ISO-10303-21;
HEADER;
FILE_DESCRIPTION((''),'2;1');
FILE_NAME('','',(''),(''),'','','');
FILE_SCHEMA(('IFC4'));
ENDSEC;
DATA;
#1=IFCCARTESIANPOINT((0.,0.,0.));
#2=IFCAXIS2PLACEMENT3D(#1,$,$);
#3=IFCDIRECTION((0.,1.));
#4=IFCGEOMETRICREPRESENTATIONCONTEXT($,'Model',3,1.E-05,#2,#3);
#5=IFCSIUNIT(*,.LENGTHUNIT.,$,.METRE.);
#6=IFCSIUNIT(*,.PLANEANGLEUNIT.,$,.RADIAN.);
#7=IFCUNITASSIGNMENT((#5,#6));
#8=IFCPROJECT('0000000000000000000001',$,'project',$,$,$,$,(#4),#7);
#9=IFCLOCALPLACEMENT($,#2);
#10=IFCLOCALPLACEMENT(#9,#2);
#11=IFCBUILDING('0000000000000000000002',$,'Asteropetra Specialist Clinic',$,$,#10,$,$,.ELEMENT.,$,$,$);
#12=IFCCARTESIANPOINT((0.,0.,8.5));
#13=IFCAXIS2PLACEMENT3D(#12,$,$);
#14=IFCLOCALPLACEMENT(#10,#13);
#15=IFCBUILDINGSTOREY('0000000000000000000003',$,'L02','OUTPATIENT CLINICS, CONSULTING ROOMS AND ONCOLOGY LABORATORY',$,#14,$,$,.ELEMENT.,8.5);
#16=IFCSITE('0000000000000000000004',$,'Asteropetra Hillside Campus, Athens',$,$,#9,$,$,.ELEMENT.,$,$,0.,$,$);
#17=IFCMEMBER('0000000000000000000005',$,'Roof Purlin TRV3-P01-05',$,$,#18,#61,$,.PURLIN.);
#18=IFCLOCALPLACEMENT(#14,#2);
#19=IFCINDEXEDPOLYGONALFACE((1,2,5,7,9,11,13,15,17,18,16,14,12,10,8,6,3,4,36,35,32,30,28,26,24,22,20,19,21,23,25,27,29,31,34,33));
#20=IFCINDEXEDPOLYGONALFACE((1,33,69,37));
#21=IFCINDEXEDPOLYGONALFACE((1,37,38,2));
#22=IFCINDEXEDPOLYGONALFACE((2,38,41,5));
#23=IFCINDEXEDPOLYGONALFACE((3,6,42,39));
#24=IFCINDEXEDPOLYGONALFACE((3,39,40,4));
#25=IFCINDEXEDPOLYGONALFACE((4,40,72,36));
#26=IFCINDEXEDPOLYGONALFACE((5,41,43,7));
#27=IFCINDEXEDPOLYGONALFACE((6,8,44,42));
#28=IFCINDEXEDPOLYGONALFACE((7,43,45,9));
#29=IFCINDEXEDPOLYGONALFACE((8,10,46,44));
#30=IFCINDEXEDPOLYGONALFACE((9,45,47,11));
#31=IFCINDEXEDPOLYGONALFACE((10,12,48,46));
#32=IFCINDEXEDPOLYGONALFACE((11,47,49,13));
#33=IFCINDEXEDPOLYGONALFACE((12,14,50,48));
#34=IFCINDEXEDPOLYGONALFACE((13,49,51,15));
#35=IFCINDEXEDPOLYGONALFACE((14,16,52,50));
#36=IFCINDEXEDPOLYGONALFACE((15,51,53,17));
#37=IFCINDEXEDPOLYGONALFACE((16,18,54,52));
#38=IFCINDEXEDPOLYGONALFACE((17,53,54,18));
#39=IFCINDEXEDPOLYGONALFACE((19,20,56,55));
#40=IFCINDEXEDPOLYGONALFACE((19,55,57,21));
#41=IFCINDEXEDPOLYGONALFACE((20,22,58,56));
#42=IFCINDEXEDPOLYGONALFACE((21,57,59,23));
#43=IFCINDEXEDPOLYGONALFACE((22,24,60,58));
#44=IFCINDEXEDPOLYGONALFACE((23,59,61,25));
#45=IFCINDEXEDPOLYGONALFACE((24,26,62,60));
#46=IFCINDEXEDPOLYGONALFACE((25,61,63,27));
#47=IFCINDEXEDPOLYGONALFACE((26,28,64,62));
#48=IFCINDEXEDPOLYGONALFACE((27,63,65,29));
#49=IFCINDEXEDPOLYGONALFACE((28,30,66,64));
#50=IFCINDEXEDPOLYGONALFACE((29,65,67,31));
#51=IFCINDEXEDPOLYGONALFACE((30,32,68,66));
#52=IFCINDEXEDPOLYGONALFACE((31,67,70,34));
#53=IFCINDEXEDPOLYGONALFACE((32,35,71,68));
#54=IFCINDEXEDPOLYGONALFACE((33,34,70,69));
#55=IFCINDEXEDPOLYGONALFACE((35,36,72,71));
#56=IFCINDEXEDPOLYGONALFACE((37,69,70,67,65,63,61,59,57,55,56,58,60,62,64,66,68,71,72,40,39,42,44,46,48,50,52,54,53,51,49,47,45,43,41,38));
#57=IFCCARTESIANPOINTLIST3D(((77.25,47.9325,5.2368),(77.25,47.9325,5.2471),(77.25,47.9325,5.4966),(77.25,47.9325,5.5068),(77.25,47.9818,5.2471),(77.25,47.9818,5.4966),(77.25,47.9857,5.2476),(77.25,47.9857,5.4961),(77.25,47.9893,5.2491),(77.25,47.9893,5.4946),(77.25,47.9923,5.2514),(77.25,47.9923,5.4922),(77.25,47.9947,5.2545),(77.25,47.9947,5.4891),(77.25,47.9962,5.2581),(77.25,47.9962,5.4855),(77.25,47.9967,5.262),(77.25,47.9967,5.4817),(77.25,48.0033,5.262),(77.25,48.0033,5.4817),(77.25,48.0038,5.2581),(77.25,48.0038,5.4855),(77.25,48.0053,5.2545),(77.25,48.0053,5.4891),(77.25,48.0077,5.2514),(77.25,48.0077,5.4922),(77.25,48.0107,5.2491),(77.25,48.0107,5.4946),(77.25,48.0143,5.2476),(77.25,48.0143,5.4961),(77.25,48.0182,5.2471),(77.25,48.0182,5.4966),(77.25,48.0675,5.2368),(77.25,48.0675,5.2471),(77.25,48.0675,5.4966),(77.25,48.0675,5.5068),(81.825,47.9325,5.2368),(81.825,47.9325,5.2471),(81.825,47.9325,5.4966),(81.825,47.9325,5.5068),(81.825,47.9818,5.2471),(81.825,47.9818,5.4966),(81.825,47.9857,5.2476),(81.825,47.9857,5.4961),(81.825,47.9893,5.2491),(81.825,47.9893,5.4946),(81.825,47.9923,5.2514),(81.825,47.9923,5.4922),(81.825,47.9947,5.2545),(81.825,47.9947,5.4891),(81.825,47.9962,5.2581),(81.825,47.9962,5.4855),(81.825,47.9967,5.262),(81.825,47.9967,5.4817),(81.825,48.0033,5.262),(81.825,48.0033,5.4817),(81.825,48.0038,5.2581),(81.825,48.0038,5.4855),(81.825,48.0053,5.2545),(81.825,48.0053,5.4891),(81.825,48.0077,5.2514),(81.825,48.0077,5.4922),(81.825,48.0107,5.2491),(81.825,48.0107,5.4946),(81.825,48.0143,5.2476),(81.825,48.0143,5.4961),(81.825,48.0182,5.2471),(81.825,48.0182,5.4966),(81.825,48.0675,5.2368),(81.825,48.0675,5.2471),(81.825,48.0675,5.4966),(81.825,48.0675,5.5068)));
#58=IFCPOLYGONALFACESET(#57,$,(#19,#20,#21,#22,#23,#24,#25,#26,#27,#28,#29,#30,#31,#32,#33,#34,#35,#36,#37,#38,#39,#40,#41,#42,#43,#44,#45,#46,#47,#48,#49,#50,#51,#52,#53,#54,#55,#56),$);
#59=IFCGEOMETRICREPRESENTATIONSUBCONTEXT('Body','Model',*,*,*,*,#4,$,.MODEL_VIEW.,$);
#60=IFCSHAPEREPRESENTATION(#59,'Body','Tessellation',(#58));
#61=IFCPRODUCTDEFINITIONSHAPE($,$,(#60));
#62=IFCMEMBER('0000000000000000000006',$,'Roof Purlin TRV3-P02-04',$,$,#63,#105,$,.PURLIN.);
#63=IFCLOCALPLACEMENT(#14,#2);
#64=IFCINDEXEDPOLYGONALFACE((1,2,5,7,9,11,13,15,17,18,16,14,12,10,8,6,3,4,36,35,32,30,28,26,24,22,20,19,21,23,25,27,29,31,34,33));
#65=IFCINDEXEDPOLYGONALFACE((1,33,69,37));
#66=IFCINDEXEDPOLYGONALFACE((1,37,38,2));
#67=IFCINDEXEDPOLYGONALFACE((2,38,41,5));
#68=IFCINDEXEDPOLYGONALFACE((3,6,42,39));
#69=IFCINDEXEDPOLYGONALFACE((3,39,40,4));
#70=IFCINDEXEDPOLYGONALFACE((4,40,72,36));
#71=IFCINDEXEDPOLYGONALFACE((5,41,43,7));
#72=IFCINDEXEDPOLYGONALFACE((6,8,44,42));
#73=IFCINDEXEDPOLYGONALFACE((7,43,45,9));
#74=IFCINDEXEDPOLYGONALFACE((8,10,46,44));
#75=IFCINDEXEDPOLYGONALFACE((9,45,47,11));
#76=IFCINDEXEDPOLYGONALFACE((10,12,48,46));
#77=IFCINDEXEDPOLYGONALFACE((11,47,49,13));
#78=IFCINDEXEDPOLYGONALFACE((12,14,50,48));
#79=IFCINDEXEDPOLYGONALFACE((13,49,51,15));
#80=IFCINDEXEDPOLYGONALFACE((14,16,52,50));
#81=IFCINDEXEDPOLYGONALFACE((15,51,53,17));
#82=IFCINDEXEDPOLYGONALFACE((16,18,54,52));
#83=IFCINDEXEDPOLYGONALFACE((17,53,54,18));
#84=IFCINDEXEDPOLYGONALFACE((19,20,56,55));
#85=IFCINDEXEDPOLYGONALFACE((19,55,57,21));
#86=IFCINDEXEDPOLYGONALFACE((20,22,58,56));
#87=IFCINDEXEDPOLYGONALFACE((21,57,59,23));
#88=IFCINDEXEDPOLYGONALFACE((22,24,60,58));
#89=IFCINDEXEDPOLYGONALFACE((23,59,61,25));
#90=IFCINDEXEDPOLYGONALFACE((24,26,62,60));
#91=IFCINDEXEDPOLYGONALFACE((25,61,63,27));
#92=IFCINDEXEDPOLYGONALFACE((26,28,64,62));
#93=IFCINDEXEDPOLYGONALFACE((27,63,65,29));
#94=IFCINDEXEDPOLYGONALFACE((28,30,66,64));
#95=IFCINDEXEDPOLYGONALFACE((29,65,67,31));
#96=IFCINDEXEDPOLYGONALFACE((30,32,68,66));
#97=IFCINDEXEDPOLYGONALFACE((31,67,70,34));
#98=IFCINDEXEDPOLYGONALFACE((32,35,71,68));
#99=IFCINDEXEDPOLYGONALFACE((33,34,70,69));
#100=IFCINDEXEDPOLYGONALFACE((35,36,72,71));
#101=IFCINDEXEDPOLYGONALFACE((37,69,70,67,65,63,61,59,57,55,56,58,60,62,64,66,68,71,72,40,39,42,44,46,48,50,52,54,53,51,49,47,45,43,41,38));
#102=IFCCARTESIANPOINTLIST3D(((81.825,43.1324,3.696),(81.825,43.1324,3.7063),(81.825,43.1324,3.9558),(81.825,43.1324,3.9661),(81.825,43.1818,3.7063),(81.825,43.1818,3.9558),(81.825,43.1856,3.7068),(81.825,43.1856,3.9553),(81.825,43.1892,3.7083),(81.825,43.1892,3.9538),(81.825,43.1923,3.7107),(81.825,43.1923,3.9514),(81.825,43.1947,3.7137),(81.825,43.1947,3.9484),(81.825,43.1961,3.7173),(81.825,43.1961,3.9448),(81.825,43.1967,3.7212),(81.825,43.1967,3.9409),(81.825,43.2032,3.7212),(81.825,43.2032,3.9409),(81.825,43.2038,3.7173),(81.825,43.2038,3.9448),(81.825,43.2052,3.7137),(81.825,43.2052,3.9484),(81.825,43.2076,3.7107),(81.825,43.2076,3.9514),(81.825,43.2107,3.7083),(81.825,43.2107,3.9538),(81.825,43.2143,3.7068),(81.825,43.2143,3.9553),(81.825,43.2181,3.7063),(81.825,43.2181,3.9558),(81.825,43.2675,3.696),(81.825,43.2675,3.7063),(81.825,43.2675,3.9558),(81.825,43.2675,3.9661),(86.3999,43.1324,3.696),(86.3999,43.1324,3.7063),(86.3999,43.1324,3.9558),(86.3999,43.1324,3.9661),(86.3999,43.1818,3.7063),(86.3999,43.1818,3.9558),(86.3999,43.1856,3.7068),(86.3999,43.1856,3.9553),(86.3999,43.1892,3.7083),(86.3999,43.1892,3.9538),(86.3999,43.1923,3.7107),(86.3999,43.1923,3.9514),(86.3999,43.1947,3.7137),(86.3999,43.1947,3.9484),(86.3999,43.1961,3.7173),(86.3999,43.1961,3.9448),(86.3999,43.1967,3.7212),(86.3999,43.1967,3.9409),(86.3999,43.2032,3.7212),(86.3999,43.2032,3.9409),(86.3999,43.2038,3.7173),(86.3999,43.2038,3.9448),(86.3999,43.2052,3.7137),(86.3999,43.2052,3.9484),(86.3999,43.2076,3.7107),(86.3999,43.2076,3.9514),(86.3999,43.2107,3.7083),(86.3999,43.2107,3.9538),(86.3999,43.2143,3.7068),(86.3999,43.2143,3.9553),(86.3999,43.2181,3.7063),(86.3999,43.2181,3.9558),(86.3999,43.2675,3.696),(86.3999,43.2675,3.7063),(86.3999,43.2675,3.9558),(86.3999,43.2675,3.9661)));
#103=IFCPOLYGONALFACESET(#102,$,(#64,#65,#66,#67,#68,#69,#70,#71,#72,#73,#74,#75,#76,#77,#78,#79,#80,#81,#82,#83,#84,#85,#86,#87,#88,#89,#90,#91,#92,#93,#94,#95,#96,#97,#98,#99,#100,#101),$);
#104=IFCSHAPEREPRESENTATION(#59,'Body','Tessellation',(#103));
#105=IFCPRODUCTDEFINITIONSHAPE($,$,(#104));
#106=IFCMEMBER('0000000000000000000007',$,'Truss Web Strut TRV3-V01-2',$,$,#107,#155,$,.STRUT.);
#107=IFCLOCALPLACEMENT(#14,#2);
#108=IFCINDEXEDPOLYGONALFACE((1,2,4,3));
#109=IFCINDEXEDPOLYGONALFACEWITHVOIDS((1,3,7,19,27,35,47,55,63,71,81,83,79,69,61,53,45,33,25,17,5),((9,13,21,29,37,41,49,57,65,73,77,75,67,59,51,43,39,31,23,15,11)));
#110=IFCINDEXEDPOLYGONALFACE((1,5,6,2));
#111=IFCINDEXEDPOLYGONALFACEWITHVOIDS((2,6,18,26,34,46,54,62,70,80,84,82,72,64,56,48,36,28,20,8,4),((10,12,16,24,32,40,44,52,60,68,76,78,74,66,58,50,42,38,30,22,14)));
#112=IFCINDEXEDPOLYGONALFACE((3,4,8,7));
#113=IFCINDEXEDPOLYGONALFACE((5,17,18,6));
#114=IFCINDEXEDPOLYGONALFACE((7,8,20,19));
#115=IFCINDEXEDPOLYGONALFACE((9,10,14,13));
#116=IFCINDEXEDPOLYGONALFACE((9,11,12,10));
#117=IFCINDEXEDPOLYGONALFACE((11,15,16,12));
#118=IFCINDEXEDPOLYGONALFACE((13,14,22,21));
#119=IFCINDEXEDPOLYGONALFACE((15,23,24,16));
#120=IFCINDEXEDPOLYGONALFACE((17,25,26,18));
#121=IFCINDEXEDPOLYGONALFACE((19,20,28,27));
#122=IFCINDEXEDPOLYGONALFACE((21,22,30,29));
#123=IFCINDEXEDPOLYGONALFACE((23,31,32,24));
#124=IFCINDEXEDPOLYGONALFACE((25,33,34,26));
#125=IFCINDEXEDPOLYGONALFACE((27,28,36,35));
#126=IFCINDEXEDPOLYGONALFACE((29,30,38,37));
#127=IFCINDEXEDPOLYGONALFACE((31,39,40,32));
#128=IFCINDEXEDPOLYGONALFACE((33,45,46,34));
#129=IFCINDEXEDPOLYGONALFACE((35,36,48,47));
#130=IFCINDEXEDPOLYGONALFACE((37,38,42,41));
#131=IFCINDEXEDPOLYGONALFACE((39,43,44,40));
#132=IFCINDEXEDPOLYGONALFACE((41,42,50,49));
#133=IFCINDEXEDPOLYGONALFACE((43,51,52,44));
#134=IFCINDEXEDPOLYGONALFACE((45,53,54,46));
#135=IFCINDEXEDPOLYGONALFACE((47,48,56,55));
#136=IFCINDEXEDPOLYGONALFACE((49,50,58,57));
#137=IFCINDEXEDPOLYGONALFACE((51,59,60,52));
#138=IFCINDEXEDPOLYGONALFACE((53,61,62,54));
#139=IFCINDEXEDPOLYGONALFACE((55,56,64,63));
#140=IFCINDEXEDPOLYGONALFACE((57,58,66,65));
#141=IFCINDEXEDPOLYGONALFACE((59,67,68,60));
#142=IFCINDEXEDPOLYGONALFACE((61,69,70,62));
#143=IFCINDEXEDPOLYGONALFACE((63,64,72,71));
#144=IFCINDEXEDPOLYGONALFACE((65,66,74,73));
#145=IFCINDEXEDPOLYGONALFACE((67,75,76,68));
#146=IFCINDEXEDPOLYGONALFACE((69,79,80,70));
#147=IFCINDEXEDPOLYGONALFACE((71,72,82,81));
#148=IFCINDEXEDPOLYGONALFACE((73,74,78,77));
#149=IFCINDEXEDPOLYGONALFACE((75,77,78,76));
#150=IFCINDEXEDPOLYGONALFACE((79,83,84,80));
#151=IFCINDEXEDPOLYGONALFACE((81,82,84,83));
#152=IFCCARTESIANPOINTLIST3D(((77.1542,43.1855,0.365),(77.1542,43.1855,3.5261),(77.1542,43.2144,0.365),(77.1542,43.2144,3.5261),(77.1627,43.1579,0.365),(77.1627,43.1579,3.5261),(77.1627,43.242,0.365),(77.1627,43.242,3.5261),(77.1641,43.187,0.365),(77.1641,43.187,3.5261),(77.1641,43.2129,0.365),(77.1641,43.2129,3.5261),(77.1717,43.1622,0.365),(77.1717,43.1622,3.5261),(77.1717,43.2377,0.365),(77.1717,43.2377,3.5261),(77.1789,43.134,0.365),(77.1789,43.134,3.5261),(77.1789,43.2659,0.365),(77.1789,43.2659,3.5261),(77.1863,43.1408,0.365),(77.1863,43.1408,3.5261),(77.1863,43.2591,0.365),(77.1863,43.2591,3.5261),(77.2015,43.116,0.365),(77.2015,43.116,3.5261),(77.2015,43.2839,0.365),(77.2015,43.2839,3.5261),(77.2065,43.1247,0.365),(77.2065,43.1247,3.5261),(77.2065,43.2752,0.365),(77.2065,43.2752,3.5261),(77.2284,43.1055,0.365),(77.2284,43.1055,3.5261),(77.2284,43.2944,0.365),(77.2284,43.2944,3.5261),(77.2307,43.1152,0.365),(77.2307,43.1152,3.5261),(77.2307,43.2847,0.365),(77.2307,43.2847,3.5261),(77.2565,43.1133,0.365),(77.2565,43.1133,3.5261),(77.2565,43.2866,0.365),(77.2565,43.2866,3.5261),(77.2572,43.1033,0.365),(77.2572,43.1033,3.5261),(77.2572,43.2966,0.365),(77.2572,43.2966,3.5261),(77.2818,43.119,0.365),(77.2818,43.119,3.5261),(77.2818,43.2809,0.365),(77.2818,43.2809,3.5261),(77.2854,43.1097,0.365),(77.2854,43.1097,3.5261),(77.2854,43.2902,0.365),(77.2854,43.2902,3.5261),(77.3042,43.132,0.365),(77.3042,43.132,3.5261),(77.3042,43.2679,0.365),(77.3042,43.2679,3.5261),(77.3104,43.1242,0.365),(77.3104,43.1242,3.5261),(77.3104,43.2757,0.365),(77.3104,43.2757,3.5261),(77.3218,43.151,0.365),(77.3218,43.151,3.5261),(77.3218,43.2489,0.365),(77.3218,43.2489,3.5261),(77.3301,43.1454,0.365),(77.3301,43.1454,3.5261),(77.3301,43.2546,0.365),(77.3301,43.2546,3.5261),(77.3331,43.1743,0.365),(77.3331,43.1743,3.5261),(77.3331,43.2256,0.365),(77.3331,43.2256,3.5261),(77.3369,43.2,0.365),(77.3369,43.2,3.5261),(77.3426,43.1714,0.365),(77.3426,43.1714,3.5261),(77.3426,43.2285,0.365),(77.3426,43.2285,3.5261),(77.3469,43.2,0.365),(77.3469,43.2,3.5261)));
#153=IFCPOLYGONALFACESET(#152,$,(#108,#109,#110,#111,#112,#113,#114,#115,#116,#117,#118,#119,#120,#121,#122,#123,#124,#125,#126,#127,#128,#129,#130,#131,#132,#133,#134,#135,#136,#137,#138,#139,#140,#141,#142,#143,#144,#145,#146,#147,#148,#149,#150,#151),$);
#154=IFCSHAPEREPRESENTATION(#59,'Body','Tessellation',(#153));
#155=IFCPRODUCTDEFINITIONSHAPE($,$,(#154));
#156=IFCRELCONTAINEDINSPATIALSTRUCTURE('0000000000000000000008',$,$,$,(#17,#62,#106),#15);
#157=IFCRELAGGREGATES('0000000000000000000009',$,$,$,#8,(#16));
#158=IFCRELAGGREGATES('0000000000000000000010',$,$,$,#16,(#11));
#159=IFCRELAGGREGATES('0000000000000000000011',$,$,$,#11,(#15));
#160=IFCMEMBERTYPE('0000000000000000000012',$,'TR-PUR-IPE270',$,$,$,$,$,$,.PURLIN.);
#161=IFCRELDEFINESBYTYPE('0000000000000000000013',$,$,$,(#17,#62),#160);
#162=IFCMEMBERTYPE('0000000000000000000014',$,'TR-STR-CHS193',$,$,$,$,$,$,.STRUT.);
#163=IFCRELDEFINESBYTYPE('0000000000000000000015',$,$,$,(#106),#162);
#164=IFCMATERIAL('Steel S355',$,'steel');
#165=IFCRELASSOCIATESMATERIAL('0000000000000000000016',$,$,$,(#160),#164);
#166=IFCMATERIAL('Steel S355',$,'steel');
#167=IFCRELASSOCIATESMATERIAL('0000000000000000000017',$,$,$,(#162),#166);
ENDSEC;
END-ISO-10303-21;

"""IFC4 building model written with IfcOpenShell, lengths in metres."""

from ifc_helpers import new_model, si_unit, direction, frame, origin, origin_2d, place, context, subcontext, project, spatial, hollow_circle, i_section, extrude, material, material_profile, profile_set, type_object, element, save


model = new_model("IFC4")

# Units and contexts
model_context = context("Model", 3, precision=1e-05, world=origin(), true_north=direction((0.0, 1.0)))
body_context = subcontext(model_context, "Body", "Model", "MODEL_VIEW")
ifc_project = project(units=[si_unit("LENGTHUNIT", "METRE"), si_unit("PLANEANGLEUNIT", "RADIAN")], contexts=[model_context])

# Site, building, storey
site_placement = place(None, origin())
site = spatial("IfcSite", under=ifc_project, at=site_placement, Name="Asteropetra Hillside Campus, Athens", CompositionType="ELEMENT", RefElevation=0.0)
building_placement = place(site_placement, origin())
building = spatial("IfcBuilding", under=site, at=building_placement, Name="Asteropetra Specialist Clinic", CompositionType="ELEMENT")
storey_placement = place(building_placement, frame((0.0, 0.0, 8.5)))
storey = spatial("IfcBuildingStorey", under=building, at=storey_placement, Name="L02", Description="OUTPATIENT CLINICS, CONSULTING ROOMS AND ONCOLOGY LABORATORY", CompositionType="ELEMENT", Elevation=8.5)

# Members
ifc_material_1 = material(Name="Steel S355", Category="steel")
ifc_material_profile_1 = material_profile(ifc_material_1, i_section(OverallWidth=0.135, OverallDepth=0.27, WebThickness=0.0066, FlangeThickness=0.0103, FilletRadius=0.0149, at=origin_2d()), Name="IPE 270")
ifc_profile_set_1 = profile_set([ifc_material_profile_1], Name="Steel S355")
member_type_1 = type_object("IfcMemberType", Name="TR-PUR-IPE270", PredefinedType="PURLIN", material=ifc_profile_set_1)
for number, where, z_axis, x_axis, name in (
    (1, (77.25, 48.0, 5.3718), (1.0, 0.0, 0.0), (0.0, 1.0, 0.0), "Roof Purlin TRV3-P01-05"),
    (2, (81.825, 43.2, 3.8311), (1.0, 0.0, 0.0), (0.0, 1.0, 0.0), "Roof Purlin TRV3-P02-04"),
):
    element("IfcMember", number, at=place(storey_placement, frame(where, z_axis=z_axis, x_axis=x_axis)), inside=storey, type_object=member_type_1, Name=name, PredefinedType="PURLIN", context=body_context, shape_type="SweptSolid", body=[
        extrude(i_section(OverallWidth=0.135, OverallDepth=0.27, WebThickness=0.0066, FlangeThickness=0.0103, FilletRadius=0.0149, at=origin_2d()), origin(), (0.0, 0.0, 1.0), 4.575),
    ])
ifc_material_2 = material(Name="Steel S355", Category="steel")
ifc_material_profile_2 = material_profile(ifc_material_2, hollow_circle(Radius=0.0969, WallThickness=0.01, at=origin_2d()), Name="CHS 193.7x10.0")
ifc_profile_set_2 = profile_set([ifc_material_profile_2], Name="Steel S355")
member_type_2 = type_object("IfcMemberType", Name="TR-STR-CHS193", PredefinedType="STRUT", material=ifc_profile_set_2)
member_1_placement = place(storey_placement, frame((77.25, 43.2, 0.365), z_axis=(0.0, 0.0, 1.0), x_axis=(1.0, 0.0, 0.0)))
element("IfcMember", 3, at=member_1_placement, inside=storey, type_object=member_type_2, Name="Truss Web Strut TRV3-V01-2", PredefinedType="STRUT", context=body_context, shape_type="SweptSolid", body=[
    extrude(hollow_circle(Radius=0.0969, WallThickness=0.01, at=origin_2d()), origin(), (0.0, 0.0, 1.0), 3.1611),
])

save(model, "model.ifc")
